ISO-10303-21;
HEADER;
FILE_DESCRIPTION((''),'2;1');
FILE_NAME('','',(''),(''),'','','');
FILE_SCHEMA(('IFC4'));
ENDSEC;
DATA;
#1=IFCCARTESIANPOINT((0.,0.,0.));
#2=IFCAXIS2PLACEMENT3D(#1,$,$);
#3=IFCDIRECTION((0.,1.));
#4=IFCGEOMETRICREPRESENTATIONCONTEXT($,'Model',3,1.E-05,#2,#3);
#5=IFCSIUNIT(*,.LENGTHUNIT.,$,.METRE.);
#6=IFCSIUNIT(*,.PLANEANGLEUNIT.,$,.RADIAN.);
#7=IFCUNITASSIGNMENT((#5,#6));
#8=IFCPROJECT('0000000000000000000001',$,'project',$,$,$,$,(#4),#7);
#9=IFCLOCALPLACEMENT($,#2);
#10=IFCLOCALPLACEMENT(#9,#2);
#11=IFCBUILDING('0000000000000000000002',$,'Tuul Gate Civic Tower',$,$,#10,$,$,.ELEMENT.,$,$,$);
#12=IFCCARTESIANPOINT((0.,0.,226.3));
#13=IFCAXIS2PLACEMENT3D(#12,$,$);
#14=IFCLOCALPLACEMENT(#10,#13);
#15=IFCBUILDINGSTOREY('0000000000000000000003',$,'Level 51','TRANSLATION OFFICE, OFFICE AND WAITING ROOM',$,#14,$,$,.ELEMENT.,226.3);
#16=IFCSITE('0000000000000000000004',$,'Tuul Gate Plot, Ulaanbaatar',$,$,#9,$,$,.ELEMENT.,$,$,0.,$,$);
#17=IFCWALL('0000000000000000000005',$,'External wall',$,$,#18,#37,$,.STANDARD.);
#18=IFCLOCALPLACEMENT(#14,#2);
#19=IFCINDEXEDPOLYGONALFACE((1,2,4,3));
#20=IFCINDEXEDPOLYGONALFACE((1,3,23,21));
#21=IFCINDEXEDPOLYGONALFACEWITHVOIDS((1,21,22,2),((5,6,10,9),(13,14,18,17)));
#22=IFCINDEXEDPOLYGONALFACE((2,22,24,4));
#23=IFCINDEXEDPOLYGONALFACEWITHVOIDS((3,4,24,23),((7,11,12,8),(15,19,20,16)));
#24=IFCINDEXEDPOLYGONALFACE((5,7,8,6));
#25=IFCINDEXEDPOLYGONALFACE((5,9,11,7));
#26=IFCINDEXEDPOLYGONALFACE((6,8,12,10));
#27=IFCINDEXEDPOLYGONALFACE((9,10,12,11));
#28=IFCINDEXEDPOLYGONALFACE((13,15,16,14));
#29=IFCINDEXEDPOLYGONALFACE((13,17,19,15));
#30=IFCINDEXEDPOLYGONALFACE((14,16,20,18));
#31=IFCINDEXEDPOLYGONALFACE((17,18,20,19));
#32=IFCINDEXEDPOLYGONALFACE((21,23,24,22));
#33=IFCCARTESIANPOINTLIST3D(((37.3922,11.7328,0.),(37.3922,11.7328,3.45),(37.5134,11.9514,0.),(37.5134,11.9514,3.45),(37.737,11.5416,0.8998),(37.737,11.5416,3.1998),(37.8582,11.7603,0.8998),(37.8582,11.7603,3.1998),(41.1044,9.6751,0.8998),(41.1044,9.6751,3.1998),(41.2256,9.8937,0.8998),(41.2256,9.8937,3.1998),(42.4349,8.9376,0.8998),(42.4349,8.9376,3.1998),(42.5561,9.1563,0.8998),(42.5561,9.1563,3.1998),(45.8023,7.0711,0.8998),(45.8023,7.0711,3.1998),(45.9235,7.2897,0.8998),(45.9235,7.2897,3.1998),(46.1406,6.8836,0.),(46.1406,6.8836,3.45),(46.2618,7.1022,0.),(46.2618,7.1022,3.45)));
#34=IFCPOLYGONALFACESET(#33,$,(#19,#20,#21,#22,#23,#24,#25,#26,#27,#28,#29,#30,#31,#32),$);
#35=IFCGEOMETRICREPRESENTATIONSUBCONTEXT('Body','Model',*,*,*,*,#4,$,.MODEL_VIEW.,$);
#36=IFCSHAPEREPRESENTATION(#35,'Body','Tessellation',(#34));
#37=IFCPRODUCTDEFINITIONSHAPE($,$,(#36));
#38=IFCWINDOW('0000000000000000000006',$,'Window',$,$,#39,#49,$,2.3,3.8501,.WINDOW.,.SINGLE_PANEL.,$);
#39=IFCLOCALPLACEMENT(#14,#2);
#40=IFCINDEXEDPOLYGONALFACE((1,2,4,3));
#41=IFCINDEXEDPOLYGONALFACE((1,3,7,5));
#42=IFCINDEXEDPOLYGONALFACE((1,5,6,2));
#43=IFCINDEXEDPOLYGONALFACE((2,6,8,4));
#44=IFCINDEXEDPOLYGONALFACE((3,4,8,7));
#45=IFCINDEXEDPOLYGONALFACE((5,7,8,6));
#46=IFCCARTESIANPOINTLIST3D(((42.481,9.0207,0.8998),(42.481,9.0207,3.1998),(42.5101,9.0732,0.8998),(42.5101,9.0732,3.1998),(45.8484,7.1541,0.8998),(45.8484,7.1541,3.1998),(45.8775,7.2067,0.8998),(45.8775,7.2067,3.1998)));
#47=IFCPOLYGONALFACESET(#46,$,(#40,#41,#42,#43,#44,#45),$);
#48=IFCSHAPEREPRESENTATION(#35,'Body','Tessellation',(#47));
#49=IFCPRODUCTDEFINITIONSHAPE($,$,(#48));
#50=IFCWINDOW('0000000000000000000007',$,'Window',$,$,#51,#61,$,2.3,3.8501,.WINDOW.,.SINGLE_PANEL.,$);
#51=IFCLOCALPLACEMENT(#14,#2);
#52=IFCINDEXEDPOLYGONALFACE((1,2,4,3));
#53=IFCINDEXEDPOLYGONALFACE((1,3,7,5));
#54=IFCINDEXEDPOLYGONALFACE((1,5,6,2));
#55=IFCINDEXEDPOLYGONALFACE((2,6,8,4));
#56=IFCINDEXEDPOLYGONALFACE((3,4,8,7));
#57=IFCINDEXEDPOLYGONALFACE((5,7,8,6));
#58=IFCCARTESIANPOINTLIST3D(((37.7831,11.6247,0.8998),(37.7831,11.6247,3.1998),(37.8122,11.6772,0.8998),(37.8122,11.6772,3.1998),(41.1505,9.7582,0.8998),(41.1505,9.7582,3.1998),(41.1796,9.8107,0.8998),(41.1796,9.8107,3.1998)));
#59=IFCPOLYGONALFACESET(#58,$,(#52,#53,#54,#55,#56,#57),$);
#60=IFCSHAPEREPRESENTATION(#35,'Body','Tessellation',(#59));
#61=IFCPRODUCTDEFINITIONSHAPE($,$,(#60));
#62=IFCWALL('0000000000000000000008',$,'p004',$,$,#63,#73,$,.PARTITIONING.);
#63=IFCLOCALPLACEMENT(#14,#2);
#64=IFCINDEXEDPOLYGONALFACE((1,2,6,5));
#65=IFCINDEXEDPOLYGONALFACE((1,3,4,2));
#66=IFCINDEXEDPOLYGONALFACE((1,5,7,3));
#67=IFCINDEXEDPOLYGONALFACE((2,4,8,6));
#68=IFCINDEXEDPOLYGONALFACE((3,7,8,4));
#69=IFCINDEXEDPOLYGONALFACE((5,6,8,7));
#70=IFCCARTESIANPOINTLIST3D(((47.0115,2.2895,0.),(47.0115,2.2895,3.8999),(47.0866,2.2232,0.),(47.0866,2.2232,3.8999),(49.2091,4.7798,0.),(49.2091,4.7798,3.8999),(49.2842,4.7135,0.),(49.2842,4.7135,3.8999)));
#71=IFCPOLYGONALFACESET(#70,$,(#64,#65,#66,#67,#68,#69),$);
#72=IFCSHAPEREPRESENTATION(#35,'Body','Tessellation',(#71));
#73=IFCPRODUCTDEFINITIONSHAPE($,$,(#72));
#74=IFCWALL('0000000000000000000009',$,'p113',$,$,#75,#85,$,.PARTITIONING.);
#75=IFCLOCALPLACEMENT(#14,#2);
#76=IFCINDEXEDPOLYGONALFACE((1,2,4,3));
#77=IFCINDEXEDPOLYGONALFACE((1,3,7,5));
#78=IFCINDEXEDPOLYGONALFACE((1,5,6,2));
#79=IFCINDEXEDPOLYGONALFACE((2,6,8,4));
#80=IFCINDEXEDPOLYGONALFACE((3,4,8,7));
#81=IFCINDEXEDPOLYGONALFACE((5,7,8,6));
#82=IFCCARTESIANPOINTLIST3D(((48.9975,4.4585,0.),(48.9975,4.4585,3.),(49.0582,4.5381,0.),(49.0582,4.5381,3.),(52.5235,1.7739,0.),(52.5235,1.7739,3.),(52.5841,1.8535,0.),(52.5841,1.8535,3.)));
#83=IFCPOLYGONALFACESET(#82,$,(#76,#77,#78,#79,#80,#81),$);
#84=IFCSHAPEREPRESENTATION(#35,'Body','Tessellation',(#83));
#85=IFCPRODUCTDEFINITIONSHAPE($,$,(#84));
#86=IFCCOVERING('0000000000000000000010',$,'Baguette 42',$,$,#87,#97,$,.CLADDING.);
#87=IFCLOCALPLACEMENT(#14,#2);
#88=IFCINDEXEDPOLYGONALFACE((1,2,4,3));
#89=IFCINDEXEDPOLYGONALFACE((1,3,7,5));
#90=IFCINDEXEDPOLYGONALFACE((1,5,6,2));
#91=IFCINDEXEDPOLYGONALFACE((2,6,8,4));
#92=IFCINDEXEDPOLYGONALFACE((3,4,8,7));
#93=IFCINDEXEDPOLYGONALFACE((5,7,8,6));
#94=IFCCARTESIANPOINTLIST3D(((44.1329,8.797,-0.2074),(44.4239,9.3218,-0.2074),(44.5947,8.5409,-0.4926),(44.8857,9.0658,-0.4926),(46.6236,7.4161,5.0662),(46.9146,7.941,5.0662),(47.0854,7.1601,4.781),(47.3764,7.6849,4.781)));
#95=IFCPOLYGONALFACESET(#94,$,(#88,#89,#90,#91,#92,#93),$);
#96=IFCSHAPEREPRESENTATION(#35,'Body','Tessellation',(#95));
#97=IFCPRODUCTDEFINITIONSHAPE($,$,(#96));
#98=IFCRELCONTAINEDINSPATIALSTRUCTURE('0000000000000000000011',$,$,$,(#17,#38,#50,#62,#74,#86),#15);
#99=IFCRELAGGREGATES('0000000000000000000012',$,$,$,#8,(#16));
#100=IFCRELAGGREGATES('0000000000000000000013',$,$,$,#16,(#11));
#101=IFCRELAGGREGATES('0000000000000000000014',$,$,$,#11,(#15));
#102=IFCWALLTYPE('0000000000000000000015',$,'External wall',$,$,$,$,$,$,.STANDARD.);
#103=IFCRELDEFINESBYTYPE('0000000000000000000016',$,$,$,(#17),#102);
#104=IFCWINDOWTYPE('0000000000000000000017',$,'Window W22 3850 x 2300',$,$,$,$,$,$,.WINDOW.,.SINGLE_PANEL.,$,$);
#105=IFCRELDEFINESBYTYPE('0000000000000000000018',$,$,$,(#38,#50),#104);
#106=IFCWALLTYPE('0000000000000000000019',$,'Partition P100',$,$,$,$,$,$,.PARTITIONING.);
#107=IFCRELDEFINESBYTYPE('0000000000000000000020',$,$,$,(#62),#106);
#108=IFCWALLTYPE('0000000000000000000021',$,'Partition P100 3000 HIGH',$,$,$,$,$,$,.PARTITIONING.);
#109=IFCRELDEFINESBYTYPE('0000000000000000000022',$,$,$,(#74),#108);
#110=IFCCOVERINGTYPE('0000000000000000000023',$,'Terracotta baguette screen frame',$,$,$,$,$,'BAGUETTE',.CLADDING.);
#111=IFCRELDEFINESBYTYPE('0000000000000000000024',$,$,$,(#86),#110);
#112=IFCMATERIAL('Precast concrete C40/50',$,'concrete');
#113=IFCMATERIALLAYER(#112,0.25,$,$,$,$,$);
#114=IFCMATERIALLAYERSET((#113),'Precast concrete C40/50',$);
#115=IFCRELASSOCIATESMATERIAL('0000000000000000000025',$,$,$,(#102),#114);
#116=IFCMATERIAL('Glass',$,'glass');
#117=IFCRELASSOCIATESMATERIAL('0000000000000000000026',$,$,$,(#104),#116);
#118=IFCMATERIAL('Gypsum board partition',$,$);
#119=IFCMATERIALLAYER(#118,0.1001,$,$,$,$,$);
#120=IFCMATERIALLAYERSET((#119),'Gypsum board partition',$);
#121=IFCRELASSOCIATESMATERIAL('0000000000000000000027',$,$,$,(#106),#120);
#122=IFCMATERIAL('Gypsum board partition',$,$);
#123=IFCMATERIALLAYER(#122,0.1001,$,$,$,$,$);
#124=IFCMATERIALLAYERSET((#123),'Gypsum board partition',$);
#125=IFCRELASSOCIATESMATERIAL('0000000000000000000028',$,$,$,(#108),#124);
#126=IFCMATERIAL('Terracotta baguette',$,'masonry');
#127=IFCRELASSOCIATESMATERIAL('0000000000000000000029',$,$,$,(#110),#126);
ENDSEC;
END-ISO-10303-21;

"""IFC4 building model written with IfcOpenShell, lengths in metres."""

from ifc_helpers import new_model, si_unit, direction, frame, frame_2d, origin, origin_2d, place, context, subcontext, project, spatial, rectangle, extrude, material, layer, layer_set, material_profile, profile_set, type_object, element, fill, save


model = new_model("IFC4")

# Units and contexts
model_context = context("Model", 3, precision=1e-05, world=origin(), true_north=direction((0.0, 1.0)))
body_context = subcontext(model_context, "Body", "Model", "MODEL_VIEW")
ifc_project = project(units=[si_unit("LENGTHUNIT", "METRE"), si_unit("PLANEANGLEUNIT", "RADIAN")], contexts=[model_context])

# Site, building, storey
site_placement = place(None, origin())
site = spatial("IfcSite", under=ifc_project, at=site_placement, Name="Tuul Gate Plot, Ulaanbaatar", CompositionType="ELEMENT", RefElevation=0.0)
building_placement = place(site_placement, origin())
building = spatial("IfcBuilding", under=site, at=building_placement, Name="Tuul Gate Civic Tower", CompositionType="ELEMENT")
storey_placement = place(building_placement, frame((0.0, 0.0, 226.3)))
storey = spatial("IfcBuildingStorey", under=building, at=storey_placement, Name="Level 51", Description="TRANSLATION OFFICE, OFFICE AND WAITING ROOM", CompositionType="ELEMENT", Elevation=226.3)

# Wall, openings, windows
ifc_material_1 = material(Name="Precast concrete C40/50", Category="concrete")
ifc_layer_1 = layer(ifc_material_1, 0.25)
ifc_layer_set_1 = layer_set([ifc_layer_1], Name="Precast concrete C40/50")
wall_type_1 = type_object("IfcWallType", Name="External wall", PredefinedType="STANDARD", material=ifc_layer_set_1)
wall_1_placement = place(storey_placement, frame((46.2012, 6.9929, 0.0), z_axis=(0.0, 0.0, 1.0), x_axis=(-0.874625, 0.484799, 0.0)))
wall_1 = element("IfcWall", 1, at=wall_1_placement, inside=storey, type_object=wall_type_1, Name="External wall", PredefinedType="STANDARD", context=body_context, shape_type="SweptSolid", body=[
    extrude(rectangle(XDim=10.0024, YDim=0.25, at=frame_2d((5.0012, 0.0))), origin(), (0.0, 0.0, 1.0), 3.45),
])
opening_1_placement = place(wall_1_placement, frame((0.3867, 0.0, 0.8999)))
opening_1 = element("IfcOpeningElement", 2, at=opening_1_placement, cuts=wall_1, PredefinedType="OPENING", context=body_context, shape_type="SweptSolid", body=[
    extrude(rectangle(XDim=3.8501, YDim=2.3, at=frame_2d((1.925, 1.1499))), frame((0.0, 0.135, 0.0), z_axis=(0.0, -1.0, 0.0), x_axis=(1.0, 0.0, 0.0)), (0.0, 0.0, 1.0), 0.27),
])
opening_2_placement = place(wall_1_placement, frame((5.7581, 0.0, 0.8999)))
opening_2 = element("IfcOpeningElement", 3, at=opening_2_placement, cuts=wall_1, PredefinedType="OPENING", context=body_context, shape_type="SweptSolid", body=[
    extrude(rectangle(XDim=3.8501, YDim=2.3, at=frame_2d((1.925, 1.1499))), frame((0.0, 0.135, 0.0), z_axis=(0.0, -1.0, 0.0), x_axis=(1.0, 0.0, 0.0)), (0.0, 0.0, 1.0), 0.27),
])
ifc_material_2 = material(Name="Glass", Category="glass")
window_type = type_object("IfcWindowType", Name="Window W22 3850 x 2300", PartitioningType="SINGLE_PANEL", PredefinedType="WINDOW", material=ifc_material_2)
window_1_placement = place(opening_1_placement, origin())
window_1 = element("IfcWindow", 4, at=window_1_placement, inside=storey, type_object=window_type, Name="Window", OverallHeight=2.3, OverallWidth=3.8501, PartitioningType="SINGLE_PANEL", PredefinedType="WINDOW", context=body_context, shape_type="SweptSolid", body=[
    extrude(rectangle(XDim=3.8501, YDim=2.3, at=frame_2d((1.925, 1.1499))), frame((0.0, 0.03, 0.0), z_axis=(0.0, -1.0, 0.0), x_axis=(1.0, 0.0, 0.0)), (0.0, 0.0, 1.0), 0.0601),
])
fill(opening_1, window_1)
window_2_placement = place(opening_2_placement, origin())
window_2 = element("IfcWindow", 5, at=window_2_placement, inside=storey, type_object=window_type, Name="Window", OverallHeight=2.3, OverallWidth=3.8501, PartitioningType="SINGLE_PANEL", PredefinedType="WINDOW", context=body_context, shape_type="SweptSolid", body=[
    extrude(rectangle(XDim=3.8501, YDim=2.3, at=frame_2d((1.925, 1.1499))), frame((0.0, 0.03, 0.0), z_axis=(0.0, -1.0, 0.0), x_axis=(1.0, 0.0, 0.0)), (0.0, 0.0, 1.0), 0.0601),
])
fill(opening_2, window_2)

# Walls
ifc_material_3 = material(Name="Gypsum board partition")
ifc_layer_2 = layer(ifc_material_3, 0.1001)
ifc_layer_set_2 = layer_set([ifc_layer_2], Name="Gypsum board partition")
wall_type_2 = type_object("IfcWallType", Name="Partition P100", PredefinedType="PARTITIONING", material=ifc_layer_set_2)
wall_2_placement = place(storey_placement, frame((47.0491, 2.2563, 0.0), z_axis=(0.0, 0.0, 1.0), x_axis=(0.661663, 0.749801, 0.0)))
element("IfcWall", 6, at=wall_2_placement, inside=storey, type_object=wall_type_2, Name="p004", PredefinedType="PARTITIONING", context=body_context, shape_type="SweptSolid", body=[
    extrude(rectangle(XDim=3.3213, YDim=0.1001, at=frame_2d((1.6606, 0.0))), origin(), (0.0, 0.0, 1.0), 3.8999),
])
ifc_material_4 = material(Name="Gypsum board partition")
ifc_layer_3 = layer(ifc_material_4, 0.1001)
ifc_layer_set_3 = layer_set([ifc_layer_3], Name="Gypsum board partition")
wall_type_3 = type_object("IfcWallType", Name="Partition P100 3000 HIGH", PredefinedType="PARTITIONING", material=ifc_layer_set_3)
wall_3_placement = place(storey_placement, frame((49.0278, 4.4983, 0.0), z_axis=(0.0, 0.0, 1.0), x_axis=(0.795629, -0.605784, 0.0)))
element("IfcWall", 7, at=wall_3_placement, inside=storey, type_object=wall_type_3, Name="p113", PredefinedType="PARTITIONING", context=body_context, shape_type="SweptSolid", body=[
    extrude(rectangle(XDim=4.4316, YDim=0.1001, at=frame_2d((2.2158, 0.0))), origin(), (0.0, 0.0, 1.0), 3.0),
])

# Covering
ifc_material_5 = material(Name="Terracotta baguette", Category="masonry")
ifc_material_profile_1 = material_profile(ifc_material_5, rectangle(XDim=0.6001, YDim=0.6001, at=origin_2d()), Name="Terracotta baguette screen frame")
ifc_profile_set_1 = profile_set([ifc_material_profile_1], Name="Terracotta baguette")
covering_type = type_object("IfcCoveringType", Name="Terracotta baguette screen frame", ElementType="BAGUETTE", PredefinedType="CLADDING", material=ifc_profile_set_1)
covering_placement = place(storey_placement, frame((47.0, 7.5505, 4.9236), z_axis=(-0.41557, 0.230392, -0.879898), x_axis=(-0.484871, -0.874586, 0.0)))
element("IfcCovering", 8, at=covering_placement, inside=storey, type_object=covering_type, Name="Baguette 42", PredefinedType="CLADDING", context=body_context, shape_type="SweptSolid", body=[
    extrude(rectangle(XDim=0.6001, YDim=0.6001, at=origin_2d()), origin(), (0.0, 0.0, 1.0), 5.9934),
])

save(model, "model.ifc")
